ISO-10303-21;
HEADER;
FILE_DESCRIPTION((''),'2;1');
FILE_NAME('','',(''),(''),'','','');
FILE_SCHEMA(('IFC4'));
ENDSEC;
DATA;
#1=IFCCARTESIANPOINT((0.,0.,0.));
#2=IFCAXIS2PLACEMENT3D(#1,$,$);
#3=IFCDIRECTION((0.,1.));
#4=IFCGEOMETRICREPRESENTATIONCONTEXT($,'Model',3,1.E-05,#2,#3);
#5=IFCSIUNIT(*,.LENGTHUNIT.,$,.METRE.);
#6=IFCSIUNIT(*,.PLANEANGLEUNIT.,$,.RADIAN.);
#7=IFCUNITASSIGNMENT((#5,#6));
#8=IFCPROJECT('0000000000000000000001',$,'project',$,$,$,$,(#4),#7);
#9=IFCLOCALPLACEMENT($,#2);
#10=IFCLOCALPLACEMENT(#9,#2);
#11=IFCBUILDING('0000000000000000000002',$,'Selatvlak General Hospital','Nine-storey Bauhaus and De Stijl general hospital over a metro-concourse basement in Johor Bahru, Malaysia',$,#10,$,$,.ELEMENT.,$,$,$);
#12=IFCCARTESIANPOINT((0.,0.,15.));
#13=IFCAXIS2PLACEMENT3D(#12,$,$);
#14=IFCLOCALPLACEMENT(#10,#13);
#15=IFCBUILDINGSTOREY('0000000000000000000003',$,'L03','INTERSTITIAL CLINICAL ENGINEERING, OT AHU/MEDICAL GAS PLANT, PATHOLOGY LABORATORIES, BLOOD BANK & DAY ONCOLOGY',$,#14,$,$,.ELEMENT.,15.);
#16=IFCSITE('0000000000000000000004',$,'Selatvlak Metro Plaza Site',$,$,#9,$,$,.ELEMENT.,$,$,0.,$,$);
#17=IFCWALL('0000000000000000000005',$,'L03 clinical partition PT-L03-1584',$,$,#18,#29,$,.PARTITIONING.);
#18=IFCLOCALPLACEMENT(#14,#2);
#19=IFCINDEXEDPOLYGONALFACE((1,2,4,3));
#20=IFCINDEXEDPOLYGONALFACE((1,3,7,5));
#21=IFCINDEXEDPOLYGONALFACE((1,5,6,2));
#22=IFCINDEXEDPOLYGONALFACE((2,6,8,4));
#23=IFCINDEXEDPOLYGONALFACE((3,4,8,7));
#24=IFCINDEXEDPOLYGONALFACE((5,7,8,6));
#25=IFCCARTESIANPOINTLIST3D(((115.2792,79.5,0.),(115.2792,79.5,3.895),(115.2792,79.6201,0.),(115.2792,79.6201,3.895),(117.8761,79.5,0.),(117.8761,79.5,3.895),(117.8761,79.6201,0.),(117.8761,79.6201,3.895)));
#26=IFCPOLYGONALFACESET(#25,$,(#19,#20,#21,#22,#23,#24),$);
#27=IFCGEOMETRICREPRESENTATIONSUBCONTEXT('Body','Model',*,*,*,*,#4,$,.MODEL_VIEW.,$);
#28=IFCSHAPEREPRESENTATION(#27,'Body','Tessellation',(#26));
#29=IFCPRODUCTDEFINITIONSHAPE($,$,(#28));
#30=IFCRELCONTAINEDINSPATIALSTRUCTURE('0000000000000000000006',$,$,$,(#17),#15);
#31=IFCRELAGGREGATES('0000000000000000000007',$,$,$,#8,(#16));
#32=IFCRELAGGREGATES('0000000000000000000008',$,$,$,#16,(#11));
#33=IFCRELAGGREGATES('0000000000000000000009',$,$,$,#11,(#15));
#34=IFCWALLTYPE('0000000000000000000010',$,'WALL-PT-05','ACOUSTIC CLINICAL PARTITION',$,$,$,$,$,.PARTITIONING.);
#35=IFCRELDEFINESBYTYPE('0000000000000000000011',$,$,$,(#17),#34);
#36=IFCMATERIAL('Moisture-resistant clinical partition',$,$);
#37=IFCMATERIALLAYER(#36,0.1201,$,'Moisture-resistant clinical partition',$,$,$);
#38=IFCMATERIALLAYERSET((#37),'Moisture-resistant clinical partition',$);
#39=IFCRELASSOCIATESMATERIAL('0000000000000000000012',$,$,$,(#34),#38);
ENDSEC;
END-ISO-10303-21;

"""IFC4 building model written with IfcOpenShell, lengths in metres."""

from ifc_helpers import new_model, si_unit, direction, frame, frame_2d, origin, place, context, subcontext, project, spatial, rectangle, extrude, material, layer, layer_set, type_object, element, save


model = new_model("IFC4")

# Units and contexts
model_context = context("Model", 3, precision=1e-05, world=origin(), true_north=direction((0.0, 1.0)))
body_context = subcontext(model_context, "Body", "Model", "MODEL_VIEW")
ifc_project = project(units=[si_unit("LENGTHUNIT", "METRE"), si_unit("PLANEANGLEUNIT", "RADIAN")], contexts=[model_context])

# Site, building, storey
site_placement = place(None, origin())
site = spatial("IfcSite", under=ifc_project, at=site_placement, Name="Selatvlak Metro Plaza Site", CompositionType="ELEMENT", RefElevation=0.0)
building_placement = place(site_placement, origin())
building = spatial("IfcBuilding", under=site, at=building_placement, Name="Selatvlak General Hospital", Description="Nine-storey Bauhaus and De Stijl general hospital over a metro-concourse basement in Johor Bahru, Malaysia", CompositionType="ELEMENT")
storey_placement = place(building_placement, frame((0.0, 0.0, 15.0)))
storey = spatial("IfcBuildingStorey", under=building, at=storey_placement, Name="L03", Description="INTERSTITIAL CLINICAL ENGINEERING, OT AHU/MEDICAL GAS PLANT, PATHOLOGY LABORATORIES, BLOOD BANK & DAY ONCOLOGY", CompositionType="ELEMENT", Elevation=15.0)

# Shared definitions
ifc_material_1 = material(Name="Moisture-resistant clinical partition")

# Wall
ifc_layer_1 = layer(ifc_material_1, 0.1201, Name="Moisture-resistant clinical partition")
ifc_layer_set_1 = layer_set([ifc_layer_1], Name="Moisture-resistant clinical partition")
wall_type_1 = type_object("IfcWallType", Name="WALL-PT-05", Description="ACOUSTIC CLINICAL PARTITION", PredefinedType="PARTITIONING", material=ifc_layer_set_1)
wall_1_placement = place(storey_placement, frame((117.876, 79.5601, 0.0), z_axis=(0.0, 0.0, 1.0), x_axis=(-1.0, 0.0, 0.0)))
element("IfcWall", 1, at=wall_1_placement, inside=storey, type_object=wall_type_1, Name="L03 clinical partition PT-L03-1584", PredefinedType="PARTITIONING", context=body_context, shape_type="SweptSolid", body=[
    extrude(rectangle(XDim=2.5969, YDim=0.1201, at=frame_2d((1.2983, 0.0))), origin(), (0.0, 0.0, 1.0), 3.895),
])

save(model, "model.ifc")
